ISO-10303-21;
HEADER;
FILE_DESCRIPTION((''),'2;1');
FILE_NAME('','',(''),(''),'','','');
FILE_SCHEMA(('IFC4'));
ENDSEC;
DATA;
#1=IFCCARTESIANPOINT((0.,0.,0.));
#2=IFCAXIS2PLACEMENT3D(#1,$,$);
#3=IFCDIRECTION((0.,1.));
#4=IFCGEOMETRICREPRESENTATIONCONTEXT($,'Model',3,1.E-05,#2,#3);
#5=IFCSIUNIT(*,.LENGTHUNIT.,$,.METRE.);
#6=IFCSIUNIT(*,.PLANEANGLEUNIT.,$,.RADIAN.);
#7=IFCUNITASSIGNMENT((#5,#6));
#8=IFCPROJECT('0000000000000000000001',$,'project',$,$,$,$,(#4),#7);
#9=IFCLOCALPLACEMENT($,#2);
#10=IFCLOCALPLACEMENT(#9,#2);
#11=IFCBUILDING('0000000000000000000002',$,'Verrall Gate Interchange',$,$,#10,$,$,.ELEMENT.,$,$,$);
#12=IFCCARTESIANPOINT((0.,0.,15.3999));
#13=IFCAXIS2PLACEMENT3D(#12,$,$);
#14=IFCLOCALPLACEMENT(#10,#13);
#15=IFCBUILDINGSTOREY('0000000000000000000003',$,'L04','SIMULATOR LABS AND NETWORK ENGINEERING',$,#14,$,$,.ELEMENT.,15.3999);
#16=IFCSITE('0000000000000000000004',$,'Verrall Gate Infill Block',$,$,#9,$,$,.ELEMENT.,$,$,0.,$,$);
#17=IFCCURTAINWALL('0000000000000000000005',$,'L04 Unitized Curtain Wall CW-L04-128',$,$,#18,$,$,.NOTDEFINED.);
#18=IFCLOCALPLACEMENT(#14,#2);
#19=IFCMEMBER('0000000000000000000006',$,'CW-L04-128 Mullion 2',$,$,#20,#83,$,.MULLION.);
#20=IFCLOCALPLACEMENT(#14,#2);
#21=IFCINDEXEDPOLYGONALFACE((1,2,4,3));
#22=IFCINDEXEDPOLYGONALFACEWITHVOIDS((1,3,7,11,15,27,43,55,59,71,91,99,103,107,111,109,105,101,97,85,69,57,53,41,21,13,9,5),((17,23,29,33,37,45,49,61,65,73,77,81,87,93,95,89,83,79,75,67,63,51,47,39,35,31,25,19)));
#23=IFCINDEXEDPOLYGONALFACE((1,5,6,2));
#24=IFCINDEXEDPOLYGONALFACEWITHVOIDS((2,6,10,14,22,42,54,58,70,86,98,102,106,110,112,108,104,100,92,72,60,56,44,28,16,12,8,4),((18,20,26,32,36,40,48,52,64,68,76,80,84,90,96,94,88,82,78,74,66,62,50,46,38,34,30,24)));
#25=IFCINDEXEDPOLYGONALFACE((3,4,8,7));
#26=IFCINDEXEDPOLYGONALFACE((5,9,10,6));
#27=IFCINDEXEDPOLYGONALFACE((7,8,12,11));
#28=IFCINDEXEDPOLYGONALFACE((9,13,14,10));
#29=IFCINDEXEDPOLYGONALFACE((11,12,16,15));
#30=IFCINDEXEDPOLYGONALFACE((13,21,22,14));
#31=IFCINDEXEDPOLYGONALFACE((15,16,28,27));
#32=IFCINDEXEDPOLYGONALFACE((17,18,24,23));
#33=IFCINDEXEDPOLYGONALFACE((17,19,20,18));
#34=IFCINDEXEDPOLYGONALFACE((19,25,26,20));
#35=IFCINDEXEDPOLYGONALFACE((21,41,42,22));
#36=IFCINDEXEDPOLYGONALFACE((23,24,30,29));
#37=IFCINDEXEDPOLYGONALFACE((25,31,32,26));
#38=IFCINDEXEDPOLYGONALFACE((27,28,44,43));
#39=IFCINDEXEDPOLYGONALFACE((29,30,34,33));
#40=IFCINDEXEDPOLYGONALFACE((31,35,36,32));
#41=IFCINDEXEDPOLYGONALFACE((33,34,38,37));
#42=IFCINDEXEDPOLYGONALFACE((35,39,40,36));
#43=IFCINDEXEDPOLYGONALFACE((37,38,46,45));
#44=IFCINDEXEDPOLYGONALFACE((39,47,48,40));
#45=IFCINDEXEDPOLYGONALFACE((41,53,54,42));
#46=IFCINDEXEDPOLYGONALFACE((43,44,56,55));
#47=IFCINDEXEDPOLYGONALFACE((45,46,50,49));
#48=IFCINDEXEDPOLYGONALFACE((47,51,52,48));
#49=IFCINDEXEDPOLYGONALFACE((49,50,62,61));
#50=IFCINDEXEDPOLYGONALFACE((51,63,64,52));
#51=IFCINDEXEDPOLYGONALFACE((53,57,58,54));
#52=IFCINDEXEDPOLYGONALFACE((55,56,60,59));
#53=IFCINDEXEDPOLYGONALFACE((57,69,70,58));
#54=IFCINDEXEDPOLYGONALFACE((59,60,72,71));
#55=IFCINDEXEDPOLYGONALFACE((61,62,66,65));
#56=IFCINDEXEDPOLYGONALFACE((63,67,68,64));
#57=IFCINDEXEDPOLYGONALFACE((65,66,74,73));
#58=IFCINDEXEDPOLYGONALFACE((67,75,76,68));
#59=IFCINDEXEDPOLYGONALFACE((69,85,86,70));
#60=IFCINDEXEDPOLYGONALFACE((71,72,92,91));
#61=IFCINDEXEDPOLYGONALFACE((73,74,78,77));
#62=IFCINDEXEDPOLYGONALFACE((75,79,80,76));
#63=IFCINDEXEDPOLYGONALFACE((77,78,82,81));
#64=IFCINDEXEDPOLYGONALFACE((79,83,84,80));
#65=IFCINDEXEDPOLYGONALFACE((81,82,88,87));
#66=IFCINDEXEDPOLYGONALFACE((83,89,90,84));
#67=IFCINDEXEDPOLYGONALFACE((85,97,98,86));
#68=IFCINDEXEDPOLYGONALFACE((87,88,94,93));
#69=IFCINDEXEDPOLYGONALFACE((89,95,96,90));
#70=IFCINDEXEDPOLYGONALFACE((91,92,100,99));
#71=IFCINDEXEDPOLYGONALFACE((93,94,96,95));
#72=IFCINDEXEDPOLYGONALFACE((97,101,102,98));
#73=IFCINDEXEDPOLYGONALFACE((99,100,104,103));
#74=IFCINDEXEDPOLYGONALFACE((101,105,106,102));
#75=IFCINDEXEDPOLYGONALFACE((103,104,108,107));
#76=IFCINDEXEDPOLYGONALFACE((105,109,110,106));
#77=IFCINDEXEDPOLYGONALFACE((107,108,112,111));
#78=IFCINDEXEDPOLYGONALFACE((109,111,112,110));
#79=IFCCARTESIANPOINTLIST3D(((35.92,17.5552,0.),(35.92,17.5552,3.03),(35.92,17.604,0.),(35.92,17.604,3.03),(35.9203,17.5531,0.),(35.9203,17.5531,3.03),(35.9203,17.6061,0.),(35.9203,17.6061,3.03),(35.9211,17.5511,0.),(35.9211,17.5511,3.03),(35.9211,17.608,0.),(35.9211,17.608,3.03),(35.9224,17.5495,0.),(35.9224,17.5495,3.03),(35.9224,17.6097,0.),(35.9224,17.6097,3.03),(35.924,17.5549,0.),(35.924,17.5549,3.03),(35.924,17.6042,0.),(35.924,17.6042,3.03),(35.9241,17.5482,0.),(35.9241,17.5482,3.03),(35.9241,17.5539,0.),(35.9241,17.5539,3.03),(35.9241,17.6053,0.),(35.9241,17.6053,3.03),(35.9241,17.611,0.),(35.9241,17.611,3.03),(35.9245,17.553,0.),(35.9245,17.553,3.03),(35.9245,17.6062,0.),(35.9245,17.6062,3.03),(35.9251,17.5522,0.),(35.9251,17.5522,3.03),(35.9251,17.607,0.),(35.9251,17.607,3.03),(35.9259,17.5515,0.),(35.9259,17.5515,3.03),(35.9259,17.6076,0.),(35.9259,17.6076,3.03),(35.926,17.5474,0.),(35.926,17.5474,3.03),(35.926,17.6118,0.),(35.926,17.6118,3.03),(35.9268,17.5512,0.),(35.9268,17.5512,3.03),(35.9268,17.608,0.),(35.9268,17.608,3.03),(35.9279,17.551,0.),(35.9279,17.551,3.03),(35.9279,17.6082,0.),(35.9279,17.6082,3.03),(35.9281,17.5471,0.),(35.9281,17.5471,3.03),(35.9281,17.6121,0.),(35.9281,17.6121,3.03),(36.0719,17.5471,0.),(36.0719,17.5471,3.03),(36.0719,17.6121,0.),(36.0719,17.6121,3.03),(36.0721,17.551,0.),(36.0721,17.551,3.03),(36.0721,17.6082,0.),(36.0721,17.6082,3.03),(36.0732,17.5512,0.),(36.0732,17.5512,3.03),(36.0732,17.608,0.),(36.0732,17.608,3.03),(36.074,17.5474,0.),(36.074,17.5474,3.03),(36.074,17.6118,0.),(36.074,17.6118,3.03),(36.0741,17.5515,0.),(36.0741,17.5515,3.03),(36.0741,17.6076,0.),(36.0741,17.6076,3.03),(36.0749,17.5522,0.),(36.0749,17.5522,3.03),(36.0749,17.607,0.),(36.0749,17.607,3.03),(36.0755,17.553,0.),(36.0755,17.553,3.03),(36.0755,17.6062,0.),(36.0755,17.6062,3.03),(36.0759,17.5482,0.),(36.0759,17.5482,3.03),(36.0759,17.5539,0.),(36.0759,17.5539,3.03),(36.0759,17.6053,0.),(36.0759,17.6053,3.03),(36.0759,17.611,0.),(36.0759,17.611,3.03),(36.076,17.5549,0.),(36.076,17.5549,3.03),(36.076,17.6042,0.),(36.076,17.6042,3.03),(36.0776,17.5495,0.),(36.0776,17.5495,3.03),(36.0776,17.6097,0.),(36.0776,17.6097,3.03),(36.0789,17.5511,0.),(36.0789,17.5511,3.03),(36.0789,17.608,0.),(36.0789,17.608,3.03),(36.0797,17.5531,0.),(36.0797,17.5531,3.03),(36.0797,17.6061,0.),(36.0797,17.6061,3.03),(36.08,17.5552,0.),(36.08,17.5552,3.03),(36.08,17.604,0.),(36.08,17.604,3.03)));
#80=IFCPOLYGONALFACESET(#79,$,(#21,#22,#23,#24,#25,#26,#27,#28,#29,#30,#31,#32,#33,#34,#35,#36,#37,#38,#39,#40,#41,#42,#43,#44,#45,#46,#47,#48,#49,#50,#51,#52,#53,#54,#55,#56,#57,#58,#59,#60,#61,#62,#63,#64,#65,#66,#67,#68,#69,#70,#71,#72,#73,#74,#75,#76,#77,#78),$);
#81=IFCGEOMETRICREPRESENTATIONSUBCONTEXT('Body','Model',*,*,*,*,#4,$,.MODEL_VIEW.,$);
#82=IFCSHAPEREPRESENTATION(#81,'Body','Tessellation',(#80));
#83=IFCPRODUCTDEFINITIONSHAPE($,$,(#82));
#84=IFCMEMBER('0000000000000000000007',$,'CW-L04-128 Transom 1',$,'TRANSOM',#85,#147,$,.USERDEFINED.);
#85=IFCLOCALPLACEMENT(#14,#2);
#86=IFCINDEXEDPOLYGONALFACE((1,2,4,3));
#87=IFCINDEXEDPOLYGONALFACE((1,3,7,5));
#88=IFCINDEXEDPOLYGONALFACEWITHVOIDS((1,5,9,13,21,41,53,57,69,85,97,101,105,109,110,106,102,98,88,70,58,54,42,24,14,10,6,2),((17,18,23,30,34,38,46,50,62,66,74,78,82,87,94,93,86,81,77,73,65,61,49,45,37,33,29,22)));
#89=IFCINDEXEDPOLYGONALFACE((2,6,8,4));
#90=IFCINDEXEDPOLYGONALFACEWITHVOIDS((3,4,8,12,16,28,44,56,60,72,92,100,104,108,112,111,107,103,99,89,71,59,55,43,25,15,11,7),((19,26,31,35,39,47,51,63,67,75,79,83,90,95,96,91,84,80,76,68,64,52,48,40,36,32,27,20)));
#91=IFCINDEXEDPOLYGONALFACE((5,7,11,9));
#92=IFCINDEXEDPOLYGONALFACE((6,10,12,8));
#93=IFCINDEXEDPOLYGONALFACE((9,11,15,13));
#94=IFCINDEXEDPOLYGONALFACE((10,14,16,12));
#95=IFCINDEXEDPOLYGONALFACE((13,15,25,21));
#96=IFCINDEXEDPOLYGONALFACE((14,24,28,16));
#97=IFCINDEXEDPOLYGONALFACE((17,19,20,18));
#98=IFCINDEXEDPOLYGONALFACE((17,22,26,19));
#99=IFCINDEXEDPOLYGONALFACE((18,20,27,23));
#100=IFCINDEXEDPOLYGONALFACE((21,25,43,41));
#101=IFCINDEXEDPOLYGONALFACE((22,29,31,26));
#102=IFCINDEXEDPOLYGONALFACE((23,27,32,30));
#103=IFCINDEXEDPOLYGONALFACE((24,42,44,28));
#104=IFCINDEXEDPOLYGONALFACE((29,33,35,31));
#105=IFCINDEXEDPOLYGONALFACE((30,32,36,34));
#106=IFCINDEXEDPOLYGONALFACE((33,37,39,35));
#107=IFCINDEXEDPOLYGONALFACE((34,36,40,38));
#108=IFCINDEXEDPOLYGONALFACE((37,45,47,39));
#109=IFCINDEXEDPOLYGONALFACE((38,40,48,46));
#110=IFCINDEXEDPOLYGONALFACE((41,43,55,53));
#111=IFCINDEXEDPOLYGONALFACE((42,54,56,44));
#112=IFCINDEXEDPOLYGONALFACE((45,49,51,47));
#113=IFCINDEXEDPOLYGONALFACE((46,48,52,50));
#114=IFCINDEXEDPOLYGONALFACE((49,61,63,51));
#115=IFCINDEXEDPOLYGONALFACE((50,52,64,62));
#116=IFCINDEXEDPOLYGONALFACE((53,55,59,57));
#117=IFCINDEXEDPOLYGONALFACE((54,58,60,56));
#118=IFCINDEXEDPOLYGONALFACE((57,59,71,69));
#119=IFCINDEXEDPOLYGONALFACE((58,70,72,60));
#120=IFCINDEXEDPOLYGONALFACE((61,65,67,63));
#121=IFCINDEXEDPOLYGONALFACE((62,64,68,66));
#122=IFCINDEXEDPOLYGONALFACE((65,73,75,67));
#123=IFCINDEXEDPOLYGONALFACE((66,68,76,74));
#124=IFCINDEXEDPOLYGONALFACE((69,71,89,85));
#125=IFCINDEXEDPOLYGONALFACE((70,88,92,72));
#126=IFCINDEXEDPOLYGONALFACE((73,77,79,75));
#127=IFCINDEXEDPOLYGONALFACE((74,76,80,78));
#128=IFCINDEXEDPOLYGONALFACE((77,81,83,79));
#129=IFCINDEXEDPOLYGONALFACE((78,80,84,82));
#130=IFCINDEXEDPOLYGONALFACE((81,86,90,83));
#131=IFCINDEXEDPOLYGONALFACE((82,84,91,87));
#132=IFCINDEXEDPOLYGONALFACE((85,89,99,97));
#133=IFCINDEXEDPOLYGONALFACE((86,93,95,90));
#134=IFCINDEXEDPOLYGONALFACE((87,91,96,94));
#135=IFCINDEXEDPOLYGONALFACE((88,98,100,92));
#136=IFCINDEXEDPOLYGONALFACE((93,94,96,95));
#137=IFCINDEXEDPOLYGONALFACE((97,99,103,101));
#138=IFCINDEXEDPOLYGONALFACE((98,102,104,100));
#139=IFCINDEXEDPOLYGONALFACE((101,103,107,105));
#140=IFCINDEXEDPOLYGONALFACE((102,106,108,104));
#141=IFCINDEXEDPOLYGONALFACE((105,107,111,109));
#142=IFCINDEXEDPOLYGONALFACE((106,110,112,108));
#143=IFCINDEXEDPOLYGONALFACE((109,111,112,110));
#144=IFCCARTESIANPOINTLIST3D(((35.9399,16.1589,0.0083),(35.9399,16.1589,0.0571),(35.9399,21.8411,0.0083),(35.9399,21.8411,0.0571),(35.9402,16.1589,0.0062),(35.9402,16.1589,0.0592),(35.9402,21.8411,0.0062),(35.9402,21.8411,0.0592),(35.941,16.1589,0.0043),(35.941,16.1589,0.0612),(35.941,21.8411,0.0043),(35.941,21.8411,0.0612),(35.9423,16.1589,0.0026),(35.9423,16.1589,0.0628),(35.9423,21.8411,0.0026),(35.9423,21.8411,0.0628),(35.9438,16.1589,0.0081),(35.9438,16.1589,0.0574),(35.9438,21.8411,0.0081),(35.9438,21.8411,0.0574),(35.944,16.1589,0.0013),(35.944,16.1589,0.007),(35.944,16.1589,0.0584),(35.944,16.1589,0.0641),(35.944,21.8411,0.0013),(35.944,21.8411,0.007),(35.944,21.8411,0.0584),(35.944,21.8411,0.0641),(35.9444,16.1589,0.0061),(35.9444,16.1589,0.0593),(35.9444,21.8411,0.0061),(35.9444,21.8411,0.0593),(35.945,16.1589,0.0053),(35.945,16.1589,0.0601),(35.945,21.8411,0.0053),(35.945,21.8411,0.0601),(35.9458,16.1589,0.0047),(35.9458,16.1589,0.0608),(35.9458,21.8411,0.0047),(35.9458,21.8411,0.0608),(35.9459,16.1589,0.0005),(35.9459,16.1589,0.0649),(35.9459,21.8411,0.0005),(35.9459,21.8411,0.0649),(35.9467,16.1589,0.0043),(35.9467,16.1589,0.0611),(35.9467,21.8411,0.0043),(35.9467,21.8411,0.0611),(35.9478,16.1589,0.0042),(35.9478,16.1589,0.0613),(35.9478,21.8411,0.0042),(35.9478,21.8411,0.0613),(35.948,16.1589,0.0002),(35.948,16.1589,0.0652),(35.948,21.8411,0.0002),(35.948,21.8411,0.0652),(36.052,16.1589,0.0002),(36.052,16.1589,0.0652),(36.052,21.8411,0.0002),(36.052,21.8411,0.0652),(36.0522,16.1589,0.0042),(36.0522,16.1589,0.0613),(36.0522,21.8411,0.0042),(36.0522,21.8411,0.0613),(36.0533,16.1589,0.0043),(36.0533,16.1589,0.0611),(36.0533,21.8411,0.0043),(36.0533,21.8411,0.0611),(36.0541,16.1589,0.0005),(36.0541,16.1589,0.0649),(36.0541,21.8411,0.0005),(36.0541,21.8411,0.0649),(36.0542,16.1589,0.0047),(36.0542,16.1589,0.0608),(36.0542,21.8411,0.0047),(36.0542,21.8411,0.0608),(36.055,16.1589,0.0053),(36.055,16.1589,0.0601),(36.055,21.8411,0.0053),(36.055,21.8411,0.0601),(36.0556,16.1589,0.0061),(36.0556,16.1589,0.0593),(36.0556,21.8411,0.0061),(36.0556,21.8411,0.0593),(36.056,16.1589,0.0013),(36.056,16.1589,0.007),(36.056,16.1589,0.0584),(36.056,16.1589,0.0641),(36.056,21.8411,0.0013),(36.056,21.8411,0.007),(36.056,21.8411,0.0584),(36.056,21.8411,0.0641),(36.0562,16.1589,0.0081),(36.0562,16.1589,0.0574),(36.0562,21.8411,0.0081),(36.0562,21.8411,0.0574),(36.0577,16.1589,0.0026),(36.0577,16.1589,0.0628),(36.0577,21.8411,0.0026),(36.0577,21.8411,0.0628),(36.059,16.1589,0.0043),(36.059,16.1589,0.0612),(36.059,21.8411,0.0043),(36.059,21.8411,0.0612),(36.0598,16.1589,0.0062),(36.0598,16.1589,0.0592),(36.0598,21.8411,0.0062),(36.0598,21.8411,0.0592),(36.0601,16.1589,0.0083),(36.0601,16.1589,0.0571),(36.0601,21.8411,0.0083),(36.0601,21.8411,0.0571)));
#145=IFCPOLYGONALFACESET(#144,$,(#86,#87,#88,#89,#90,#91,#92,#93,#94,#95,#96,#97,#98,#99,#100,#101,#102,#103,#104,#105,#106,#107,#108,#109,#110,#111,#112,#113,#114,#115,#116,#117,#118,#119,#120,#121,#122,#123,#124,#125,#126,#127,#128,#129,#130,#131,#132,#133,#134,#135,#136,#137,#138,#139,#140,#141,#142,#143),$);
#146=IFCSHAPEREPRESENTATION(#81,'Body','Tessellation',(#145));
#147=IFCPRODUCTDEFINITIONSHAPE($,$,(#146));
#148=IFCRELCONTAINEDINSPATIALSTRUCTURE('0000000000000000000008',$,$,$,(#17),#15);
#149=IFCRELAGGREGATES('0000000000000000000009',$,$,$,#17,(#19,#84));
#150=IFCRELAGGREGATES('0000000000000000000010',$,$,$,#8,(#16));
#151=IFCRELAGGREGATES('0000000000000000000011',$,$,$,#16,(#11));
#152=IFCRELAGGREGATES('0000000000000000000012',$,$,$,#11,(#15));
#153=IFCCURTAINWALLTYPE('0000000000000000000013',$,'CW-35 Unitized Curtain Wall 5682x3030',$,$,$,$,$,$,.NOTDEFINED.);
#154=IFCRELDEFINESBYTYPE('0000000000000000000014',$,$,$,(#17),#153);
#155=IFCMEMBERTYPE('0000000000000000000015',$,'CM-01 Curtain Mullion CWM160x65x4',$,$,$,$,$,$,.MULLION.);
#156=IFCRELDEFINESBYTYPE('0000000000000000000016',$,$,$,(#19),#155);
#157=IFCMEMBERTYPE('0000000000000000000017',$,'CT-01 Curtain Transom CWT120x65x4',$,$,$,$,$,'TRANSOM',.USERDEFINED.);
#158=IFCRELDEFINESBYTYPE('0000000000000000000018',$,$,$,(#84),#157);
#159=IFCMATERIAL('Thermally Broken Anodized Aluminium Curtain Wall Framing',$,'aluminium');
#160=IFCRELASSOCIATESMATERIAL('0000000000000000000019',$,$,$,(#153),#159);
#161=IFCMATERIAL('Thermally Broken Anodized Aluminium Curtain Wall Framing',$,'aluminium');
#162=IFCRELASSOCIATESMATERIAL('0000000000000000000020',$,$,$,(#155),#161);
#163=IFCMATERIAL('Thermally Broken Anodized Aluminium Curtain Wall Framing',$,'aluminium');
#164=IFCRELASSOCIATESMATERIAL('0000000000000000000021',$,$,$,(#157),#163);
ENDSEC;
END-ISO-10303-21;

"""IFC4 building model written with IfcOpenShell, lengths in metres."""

from ifc_helpers import new_model, si_unit, direction, frame, origin, origin_2d, place, context, subcontext, project, spatial, hollow_rectangle, extrude, material, material_profile, profile_set, type_object, element, aggregate, save


model = new_model("IFC4")

# Units and contexts
model_context = context("Model", 3, precision=1e-05, world=origin(), true_north=direction((0.0, 1.0)))
body_context = subcontext(model_context, "Body", "Model", "MODEL_VIEW")
ifc_project = project(units=[si_unit("LENGTHUNIT", "METRE"), si_unit("PLANEANGLEUNIT", "RADIAN")], contexts=[model_context])

# Site, building, storey
site_placement = place(None, origin())
site = spatial("IfcSite", under=ifc_project, at=site_placement, Name="Verrall Gate Infill Block", CompositionType="ELEMENT", RefElevation=0.0)
building_placement = place(site_placement, origin())
building = spatial("IfcBuilding", under=site, at=building_placement, Name="Verrall Gate Interchange", CompositionType="ELEMENT")
storey_placement = place(building_placement, frame((0.0, 0.0, 15.3999)))
storey = spatial("IfcBuildingStorey", under=building, at=storey_placement, Name="L04", Description="SIMULATOR LABS AND NETWORK ENGINEERING", CompositionType="ELEMENT", Elevation=15.3999)

# Curtain wall, members
ifc_material_1 = material(Name="Thermally Broken Anodized Aluminium Curtain Wall Framing", Category="aluminium")
curtain_wall_type = type_object("IfcCurtainWallType", Name="CW-35 Unitized Curtain Wall 5682x3030", PredefinedType="NOTDEFINED", material=ifc_material_1)
curtain_wall_placement = place(storey_placement, origin())
curtain_wall = element("IfcCurtainWall", 1, at=curtain_wall_placement, inside=storey, type_object=curtain_wall_type, Name="L04 Unitized Curtain Wall CW-L04-128", PredefinedType="NOTDEFINED")
ifc_material_2 = material(Name="Thermally Broken Anodized Aluminium Curtain Wall Framing", Category="aluminium")
ifc_material_profile_1 = material_profile(ifc_material_2, hollow_rectangle(XDim=0.0649, YDim=0.1599, WallThickness=0.0039, InnerFilletRadius=0.0039, OuterFilletRadius=0.0081, at=origin_2d()), Name="CWM160x65x4")
ifc_profile_set_1 = profile_set([ifc_material_profile_1], Name="Thermally Broken Anodized Aluminium Curtain Wall Framing")
member_type_1 = type_object("IfcMemberType", Name="CM-01 Curtain Mullion CWM160x65x4", PredefinedType="MULLION", material=ifc_profile_set_1)
member_1_placement = place(storey_placement, frame((36.0, 17.5796, 0.0), z_axis=(0.0, 0.0, 1.0), x_axis=(0.0, 1.0, 0.0)))
member_1 = element("IfcMember", 2, at=member_1_placement, type_object=member_type_1, Name="CW-L04-128 Mullion 2", PredefinedType="MULLION", context=body_context, shape_type="SweptSolid", body=[
    extrude(hollow_rectangle(XDim=0.0649, YDim=0.1599, WallThickness=0.0039, InnerFilletRadius=0.0039, OuterFilletRadius=0.0081, at=origin_2d()), origin(), (0.0, 0.0, 1.0), 3.03),
])
ifc_material_3 = material(Name="Thermally Broken Anodized Aluminium Curtain Wall Framing", Category="aluminium")
ifc_material_profile_2 = material_profile(ifc_material_3, hollow_rectangle(XDim=0.1201, YDim=0.0649, WallThickness=0.0039, InnerFilletRadius=0.0039, OuterFilletRadius=0.0081, at=origin_2d()), Name="CWT120x65x4")
ifc_profile_set_2 = profile_set([ifc_material_profile_2], Name="Thermally Broken Anodized Aluminium Curtain Wall Framing")
member_type_2 = type_object("IfcMemberType", Name="CT-01 Curtain Transom CWT120x65x4", ElementType="TRANSOM", PredefinedType="USERDEFINED", material=ifc_profile_set_2)
member_2_placement = place(storey_placement, frame((36.0, 16.1589, 0.0327), z_axis=(0.0, 1.0, 0.0), x_axis=(-1.0, 0.0, 0.0)))
member_2 = element("IfcMember", 3, at=member_2_placement, type_object=member_type_2, Name="CW-L04-128 Transom 1", ObjectType="TRANSOM", PredefinedType="USERDEFINED", context=body_context, shape_type="SweptSolid", body=[
    extrude(hollow_rectangle(XDim=0.1201, YDim=0.0649, WallThickness=0.0039, InnerFilletRadius=0.0039, OuterFilletRadius=0.0081, at=origin_2d()), origin(), (0.0, 0.0, 1.0), 5.6821),
])

aggregate(curtain_wall, [member_1, member_2])

save(model, "model.ifc")
